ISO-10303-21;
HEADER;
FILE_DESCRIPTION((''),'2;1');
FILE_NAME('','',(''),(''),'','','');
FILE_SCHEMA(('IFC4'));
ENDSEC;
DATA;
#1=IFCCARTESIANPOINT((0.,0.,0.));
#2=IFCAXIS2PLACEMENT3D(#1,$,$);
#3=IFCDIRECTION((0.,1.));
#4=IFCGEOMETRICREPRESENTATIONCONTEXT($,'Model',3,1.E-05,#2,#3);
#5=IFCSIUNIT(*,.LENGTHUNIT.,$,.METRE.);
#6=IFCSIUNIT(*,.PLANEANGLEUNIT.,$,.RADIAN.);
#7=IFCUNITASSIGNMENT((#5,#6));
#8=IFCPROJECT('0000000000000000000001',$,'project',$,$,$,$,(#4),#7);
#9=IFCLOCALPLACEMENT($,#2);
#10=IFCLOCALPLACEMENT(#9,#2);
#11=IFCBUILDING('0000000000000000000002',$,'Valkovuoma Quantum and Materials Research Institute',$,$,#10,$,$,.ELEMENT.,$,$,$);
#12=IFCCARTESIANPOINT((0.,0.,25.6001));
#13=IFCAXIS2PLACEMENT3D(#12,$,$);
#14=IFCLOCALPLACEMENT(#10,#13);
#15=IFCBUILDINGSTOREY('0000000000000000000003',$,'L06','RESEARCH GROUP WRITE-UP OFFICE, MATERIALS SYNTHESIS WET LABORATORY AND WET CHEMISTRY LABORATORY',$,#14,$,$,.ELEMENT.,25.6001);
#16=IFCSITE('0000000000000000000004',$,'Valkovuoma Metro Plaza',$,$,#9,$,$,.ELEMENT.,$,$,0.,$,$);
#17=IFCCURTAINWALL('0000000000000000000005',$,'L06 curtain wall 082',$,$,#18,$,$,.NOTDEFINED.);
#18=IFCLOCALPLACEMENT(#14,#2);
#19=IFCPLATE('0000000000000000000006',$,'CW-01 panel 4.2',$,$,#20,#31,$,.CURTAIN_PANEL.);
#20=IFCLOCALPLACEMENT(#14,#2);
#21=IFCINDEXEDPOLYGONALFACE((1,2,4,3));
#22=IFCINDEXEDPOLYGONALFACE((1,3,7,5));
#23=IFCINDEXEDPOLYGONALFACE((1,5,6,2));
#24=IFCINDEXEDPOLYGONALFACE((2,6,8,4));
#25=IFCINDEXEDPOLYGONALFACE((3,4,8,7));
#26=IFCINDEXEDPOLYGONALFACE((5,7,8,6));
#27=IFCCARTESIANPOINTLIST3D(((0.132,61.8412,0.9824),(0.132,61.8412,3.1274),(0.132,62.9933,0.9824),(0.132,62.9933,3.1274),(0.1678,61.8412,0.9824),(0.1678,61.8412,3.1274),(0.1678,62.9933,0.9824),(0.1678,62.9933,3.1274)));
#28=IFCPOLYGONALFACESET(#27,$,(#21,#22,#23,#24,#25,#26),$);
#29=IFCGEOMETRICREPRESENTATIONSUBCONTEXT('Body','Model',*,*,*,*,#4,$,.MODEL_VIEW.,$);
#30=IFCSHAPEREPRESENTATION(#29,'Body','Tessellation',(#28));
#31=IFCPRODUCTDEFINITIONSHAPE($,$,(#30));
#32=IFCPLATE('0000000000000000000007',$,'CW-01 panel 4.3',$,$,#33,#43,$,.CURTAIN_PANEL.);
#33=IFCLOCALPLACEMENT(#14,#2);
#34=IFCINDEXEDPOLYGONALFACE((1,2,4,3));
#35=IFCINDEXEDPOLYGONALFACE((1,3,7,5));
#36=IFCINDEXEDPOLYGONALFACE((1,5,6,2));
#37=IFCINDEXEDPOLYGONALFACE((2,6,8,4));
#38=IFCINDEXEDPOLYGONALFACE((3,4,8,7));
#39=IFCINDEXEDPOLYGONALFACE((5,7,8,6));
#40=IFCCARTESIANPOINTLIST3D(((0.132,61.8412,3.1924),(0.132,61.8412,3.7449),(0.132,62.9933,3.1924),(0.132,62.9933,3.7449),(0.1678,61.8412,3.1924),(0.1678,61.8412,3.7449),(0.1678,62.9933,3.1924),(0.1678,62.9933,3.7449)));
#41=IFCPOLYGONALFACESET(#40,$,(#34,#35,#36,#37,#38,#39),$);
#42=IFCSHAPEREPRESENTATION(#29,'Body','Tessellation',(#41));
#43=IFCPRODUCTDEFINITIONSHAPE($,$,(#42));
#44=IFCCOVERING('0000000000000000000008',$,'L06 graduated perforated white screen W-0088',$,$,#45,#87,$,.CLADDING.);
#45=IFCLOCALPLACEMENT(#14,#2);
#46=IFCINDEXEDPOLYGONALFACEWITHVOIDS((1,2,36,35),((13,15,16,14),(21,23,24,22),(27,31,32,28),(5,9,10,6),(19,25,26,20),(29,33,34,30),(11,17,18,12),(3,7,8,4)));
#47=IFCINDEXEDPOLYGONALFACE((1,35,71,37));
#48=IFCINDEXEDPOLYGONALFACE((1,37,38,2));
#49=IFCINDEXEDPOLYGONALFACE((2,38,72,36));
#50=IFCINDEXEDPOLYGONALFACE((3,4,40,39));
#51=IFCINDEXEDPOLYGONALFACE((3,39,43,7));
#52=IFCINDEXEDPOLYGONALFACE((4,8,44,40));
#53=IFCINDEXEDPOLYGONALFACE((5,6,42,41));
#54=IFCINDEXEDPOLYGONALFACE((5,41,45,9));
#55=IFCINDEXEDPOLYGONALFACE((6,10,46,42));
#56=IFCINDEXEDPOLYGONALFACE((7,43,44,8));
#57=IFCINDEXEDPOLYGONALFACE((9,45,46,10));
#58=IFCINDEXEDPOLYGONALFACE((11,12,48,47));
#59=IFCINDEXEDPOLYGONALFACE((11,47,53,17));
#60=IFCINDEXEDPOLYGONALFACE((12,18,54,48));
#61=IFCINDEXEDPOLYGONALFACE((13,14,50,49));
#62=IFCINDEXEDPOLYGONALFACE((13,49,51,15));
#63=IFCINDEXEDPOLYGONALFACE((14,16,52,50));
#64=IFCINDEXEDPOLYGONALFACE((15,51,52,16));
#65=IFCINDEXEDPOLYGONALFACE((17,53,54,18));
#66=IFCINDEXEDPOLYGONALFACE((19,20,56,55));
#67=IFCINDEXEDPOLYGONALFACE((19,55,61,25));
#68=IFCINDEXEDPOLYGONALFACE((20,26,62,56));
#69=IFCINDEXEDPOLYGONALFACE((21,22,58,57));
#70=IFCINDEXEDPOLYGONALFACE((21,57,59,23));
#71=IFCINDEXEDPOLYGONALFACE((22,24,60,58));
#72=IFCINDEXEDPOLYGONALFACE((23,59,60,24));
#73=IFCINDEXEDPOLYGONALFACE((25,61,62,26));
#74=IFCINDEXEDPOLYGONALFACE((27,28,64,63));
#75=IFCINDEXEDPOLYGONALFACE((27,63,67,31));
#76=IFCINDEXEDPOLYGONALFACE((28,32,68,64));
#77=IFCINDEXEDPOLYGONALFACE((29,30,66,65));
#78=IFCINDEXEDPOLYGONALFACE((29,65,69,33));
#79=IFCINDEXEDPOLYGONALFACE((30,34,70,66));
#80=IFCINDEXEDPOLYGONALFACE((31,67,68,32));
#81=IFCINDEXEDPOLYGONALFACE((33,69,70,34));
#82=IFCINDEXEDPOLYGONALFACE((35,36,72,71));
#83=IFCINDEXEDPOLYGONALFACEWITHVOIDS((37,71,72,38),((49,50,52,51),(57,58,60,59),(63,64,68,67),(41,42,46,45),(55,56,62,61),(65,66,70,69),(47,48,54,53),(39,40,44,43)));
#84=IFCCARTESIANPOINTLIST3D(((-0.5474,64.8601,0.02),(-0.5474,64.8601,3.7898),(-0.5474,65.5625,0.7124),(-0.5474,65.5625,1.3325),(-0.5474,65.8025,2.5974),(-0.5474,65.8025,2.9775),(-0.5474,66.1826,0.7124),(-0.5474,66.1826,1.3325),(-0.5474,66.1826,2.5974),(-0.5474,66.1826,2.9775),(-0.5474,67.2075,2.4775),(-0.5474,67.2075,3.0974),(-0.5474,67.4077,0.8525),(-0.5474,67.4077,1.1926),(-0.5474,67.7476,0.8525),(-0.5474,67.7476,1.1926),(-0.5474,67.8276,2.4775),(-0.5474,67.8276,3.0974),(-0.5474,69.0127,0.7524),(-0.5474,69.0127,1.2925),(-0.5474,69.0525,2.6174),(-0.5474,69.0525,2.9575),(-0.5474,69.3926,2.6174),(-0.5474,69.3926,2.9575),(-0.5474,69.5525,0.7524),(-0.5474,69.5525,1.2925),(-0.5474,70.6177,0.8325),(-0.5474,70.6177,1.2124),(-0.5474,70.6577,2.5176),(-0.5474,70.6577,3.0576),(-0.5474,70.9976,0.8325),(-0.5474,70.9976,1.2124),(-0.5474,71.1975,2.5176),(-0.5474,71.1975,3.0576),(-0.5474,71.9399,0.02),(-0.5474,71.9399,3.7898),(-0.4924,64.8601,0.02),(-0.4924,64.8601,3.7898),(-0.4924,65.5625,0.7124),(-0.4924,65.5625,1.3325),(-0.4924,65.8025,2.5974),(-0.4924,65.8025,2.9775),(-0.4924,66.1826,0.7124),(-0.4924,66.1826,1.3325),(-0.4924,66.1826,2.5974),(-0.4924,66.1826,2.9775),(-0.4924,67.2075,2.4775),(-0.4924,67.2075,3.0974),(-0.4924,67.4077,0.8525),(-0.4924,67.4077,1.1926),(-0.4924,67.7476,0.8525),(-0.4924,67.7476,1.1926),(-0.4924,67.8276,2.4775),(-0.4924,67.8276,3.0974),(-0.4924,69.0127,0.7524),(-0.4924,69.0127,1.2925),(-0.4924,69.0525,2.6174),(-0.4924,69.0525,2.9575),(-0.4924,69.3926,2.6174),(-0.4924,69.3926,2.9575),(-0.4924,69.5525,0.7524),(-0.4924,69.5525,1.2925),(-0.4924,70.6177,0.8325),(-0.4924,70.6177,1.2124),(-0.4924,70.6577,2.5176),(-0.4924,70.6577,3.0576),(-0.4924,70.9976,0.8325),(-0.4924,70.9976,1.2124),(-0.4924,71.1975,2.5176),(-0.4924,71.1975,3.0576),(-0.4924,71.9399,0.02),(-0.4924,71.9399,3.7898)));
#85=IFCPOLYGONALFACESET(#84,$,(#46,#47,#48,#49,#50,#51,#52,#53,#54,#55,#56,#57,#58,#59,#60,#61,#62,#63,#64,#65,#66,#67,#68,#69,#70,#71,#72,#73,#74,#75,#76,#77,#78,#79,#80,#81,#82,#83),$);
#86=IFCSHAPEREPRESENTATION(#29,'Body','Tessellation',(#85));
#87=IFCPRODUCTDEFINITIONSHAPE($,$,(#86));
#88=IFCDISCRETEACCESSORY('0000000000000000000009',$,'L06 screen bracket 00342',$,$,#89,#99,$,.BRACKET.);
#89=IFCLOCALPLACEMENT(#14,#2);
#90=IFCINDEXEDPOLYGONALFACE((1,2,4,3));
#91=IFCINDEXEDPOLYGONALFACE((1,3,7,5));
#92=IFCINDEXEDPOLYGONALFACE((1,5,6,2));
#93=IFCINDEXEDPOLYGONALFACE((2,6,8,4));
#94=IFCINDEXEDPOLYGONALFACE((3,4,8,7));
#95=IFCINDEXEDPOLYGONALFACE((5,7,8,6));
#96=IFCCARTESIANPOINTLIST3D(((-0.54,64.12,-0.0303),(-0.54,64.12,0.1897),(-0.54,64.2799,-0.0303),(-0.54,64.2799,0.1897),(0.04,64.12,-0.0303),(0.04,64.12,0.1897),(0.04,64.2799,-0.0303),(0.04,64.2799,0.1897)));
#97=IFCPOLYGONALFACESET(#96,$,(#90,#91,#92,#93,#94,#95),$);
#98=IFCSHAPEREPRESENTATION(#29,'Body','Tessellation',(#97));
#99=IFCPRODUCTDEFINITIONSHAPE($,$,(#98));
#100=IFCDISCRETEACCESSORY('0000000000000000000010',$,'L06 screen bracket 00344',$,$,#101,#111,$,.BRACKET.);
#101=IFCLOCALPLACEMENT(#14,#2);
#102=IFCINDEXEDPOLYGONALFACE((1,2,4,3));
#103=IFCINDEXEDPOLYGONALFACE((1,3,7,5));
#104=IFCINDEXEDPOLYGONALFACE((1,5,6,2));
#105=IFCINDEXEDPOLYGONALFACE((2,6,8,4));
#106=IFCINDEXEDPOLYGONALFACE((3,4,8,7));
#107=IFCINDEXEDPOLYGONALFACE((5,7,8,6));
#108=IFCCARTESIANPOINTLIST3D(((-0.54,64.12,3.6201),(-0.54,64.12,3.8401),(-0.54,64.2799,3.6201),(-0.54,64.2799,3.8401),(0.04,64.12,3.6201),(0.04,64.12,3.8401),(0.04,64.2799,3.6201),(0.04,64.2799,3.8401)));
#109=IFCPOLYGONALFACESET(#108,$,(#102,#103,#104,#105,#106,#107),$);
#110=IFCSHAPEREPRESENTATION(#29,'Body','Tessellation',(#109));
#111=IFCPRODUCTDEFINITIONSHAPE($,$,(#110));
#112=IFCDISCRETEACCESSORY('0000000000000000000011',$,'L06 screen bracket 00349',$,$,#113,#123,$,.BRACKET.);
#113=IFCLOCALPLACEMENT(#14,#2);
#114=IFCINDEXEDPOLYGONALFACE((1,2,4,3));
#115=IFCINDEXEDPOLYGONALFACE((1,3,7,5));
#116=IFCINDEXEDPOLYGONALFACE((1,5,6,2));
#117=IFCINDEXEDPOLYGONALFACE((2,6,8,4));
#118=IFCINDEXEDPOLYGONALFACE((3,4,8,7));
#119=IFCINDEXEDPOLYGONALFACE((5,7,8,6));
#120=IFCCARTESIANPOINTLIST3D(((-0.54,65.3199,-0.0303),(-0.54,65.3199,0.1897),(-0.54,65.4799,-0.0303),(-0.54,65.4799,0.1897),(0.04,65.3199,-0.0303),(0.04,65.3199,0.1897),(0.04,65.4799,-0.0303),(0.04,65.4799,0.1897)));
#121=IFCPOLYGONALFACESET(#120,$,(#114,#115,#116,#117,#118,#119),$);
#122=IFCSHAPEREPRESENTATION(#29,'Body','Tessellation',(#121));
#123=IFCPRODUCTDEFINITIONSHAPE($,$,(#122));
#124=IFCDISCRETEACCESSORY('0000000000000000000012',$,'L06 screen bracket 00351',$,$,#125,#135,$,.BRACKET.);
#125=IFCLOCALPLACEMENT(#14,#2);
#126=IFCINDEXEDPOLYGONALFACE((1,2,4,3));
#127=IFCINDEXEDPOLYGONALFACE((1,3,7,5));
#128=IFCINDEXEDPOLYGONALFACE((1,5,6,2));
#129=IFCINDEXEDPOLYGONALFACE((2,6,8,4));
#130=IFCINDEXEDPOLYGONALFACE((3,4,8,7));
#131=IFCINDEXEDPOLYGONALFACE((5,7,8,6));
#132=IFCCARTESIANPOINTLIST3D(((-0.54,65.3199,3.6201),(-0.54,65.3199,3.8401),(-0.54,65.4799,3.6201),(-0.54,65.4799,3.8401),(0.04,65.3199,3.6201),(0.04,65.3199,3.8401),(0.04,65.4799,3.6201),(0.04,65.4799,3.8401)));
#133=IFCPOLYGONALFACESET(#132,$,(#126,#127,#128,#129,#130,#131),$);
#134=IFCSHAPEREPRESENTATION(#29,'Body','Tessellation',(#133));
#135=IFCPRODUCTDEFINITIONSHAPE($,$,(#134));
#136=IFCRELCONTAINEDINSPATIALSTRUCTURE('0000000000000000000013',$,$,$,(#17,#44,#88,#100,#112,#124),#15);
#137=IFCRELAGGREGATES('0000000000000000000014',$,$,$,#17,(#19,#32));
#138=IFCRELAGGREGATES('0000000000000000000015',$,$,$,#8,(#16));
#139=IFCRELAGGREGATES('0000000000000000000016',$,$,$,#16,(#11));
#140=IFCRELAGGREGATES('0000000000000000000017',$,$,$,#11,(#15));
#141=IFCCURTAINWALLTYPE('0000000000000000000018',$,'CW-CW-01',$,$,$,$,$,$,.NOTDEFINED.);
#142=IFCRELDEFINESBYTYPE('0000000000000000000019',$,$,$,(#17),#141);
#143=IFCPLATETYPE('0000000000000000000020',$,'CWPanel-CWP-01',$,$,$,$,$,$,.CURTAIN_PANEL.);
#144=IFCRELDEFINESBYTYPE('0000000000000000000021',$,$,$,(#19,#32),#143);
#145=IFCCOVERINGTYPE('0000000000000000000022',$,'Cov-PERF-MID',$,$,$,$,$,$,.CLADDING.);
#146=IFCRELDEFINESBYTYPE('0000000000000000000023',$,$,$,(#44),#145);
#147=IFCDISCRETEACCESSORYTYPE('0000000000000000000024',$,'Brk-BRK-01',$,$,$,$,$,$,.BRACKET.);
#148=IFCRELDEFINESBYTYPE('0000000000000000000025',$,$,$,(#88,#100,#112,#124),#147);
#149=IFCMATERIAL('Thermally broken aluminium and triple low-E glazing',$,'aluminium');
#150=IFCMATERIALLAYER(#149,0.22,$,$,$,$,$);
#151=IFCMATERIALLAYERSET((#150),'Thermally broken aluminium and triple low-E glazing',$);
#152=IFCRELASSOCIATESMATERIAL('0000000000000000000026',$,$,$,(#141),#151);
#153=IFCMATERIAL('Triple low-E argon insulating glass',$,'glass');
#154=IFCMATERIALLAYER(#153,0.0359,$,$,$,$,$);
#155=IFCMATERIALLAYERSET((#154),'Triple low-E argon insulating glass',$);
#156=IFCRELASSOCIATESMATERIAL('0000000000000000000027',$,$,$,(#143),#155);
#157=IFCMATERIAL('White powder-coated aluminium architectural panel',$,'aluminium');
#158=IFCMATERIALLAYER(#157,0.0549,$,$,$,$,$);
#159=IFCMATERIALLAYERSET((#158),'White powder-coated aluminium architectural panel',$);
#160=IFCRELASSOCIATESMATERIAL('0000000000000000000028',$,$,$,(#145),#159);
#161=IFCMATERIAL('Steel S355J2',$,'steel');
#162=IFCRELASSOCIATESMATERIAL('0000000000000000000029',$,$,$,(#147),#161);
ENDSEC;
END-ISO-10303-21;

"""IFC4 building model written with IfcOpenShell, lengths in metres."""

from ifc_helpers import new_model, si_unit, direction, frame, origin, origin_2d, place, context, subcontext, project, spatial, polyline, rectangle, outline, extrude, material, layer, layer_set, type_object, element, aggregate, save


model = new_model("IFC4")

# Units and contexts
model_context = context("Model", 3, precision=1e-05, world=origin(), true_north=direction((0.0, 1.0)))
body_context = subcontext(model_context, "Body", "Model", "MODEL_VIEW")
ifc_project = project(units=[si_unit("LENGTHUNIT", "METRE"), si_unit("PLANEANGLEUNIT", "RADIAN")], contexts=[model_context])

# Site, building, storey
site_placement = place(None, origin())
site = spatial("IfcSite", under=ifc_project, at=site_placement, Name="Valkovuoma Metro Plaza", CompositionType="ELEMENT", RefElevation=0.0)
building_placement = place(site_placement, origin())
building = spatial("IfcBuilding", under=site, at=building_placement, Name="Valkovuoma Quantum and Materials Research Institute", CompositionType="ELEMENT")
storey_placement = place(building_placement, frame((0.0, 0.0, 25.6001)))
storey = spatial("IfcBuildingStorey", under=building, at=storey_placement, Name="L06", Description="RESEARCH GROUP WRITE-UP OFFICE, MATERIALS SYNTHESIS WET LABORATORY AND WET CHEMISTRY LABORATORY", CompositionType="ELEMENT", Elevation=25.6001)

# Curtain wall, plates
ifc_material_1 = material(Name="Thermally broken aluminium and triple low-E glazing", Category="aluminium")
ifc_layer_1 = layer(ifc_material_1, 0.22)
ifc_layer_set_1 = layer_set([ifc_layer_1], Name="Thermally broken aluminium and triple low-E glazing")
curtain_wall_type = type_object("IfcCurtainWallType", Name="CW-CW-01", PredefinedType="NOTDEFINED", material=ifc_layer_set_1)
curtain_wall_placement = place(storey_placement, origin())
curtain_wall = element("IfcCurtainWall", 1, at=curtain_wall_placement, inside=storey, type_object=curtain_wall_type, Name="L06 curtain wall 082", PredefinedType="NOTDEFINED")
ifc_material_2 = material(Name="Triple low-E argon insulating glass", Category="glass")
ifc_layer_2 = layer(ifc_material_2, 0.0359)
ifc_layer_set_2 = layer_set([ifc_layer_2], Name="Triple low-E argon insulating glass")
plate_type = type_object("IfcPlateType", Name="CWPanel-CWP-01", PredefinedType="CURTAIN_PANEL", material=ifc_layer_set_2)
plate_1_placement = place(storey_placement, frame((0.1499, 62.4172, 0.9824), z_axis=(0.0, 0.0, 1.0), x_axis=(0.0, 1.0, 0.0)))
plate_1 = element("IfcPlate", 2, at=plate_1_placement, type_object=plate_type, Name="CW-01 panel 4.2", PredefinedType="CURTAIN_PANEL", context=body_context, shape_type="SweptSolid", body=[
    extrude(rectangle(XDim=1.1521, YDim=0.0359, at=origin_2d()), origin(), (0.0, 0.0, 1.0), 2.145),
])
plate_2_placement = place(storey_placement, frame((0.1499, 62.4172, 3.1924), z_axis=(0.0, 0.0, 1.0), x_axis=(0.0, 1.0, 0.0)))
plate_2 = element("IfcPlate", 3, at=plate_2_placement, type_object=plate_type, Name="CW-01 panel 4.3", PredefinedType="CURTAIN_PANEL", context=body_context, shape_type="SweptSolid", body=[
    extrude(rectangle(XDim=1.1521, YDim=0.0359, at=origin_2d()), origin(), (0.0, 0.0, 1.0), 0.5525),
])
aggregate(curtain_wall, [plate_1, plate_2])

# Covering
ifc_material_3 = material(Name="White powder-coated aluminium architectural panel", Category="aluminium")
ifc_layer_3 = layer(ifc_material_3, 0.0549)
ifc_layer_set_3 = layer_set([ifc_layer_3], Name="White powder-coated aluminium architectural panel")
covering_type = type_object("IfcCoveringType", Name="Cov-PERF-MID", PredefinedType="CLADDING", material=ifc_layer_set_3)
covering_placement = place(storey_placement, frame((-0.52, 64.8601, 0.02), z_axis=(0.0, 0.0, 1.0), x_axis=(0.0, 1.0, 0.0)))
element("IfcCovering", 4, at=covering_placement, inside=storey, type_object=covering_type, Name="L06 graduated perforated white screen W-0088", PredefinedType="CLADDING", context=body_context, shape_type="SweptSolid", body=[
    extrude(outline(polyline([(0.0, 0.0), (7.0798, 0.0), (7.0798, 3.7698), (0.0, 3.7698), (0.0, 0.0)]), holes=[polyline([(0.7024, 0.6924), (0.7024, 1.3125), (1.3225, 1.3125), (1.3225, 0.6924), (0.7024, 0.6924)]), polyline([(0.9424, 2.5774), (0.9424, 2.9575), (1.3225, 2.9575), (1.3225, 2.5774), (0.9424, 2.5774)]), polyline([(2.5476, 0.8325), (2.5476, 1.1726), (2.8875, 1.1726), (2.8875, 0.8325), (2.5476, 0.8325)]), polyline([(2.3474, 2.4575), (2.3474, 3.0774), (2.9675, 3.0774), (2.9675, 2.4575), (2.3474, 2.4575)]), polyline([(4.1526, 0.7324), (4.1526, 1.2725), (4.6924, 1.2725), (4.6924, 0.7324), (4.1526, 0.7324)]), polyline([(4.1924, 2.5974), (4.1924, 2.9375), (4.5325, 2.9375), (4.5325, 2.5974), (4.1924, 2.5974)]), polyline([(5.7576, 0.8125), (5.7576, 1.1924), (6.1375, 1.1924), (6.1375, 0.8125), (5.7576, 0.8125)]), polyline([(5.7976, 2.4976), (5.7976, 3.0376), (6.3374, 3.0376), (6.3374, 2.4976), (5.7976, 2.4976)])]), frame((0.0, 0.0273, 0.0), z_axis=(0.0, -1.0, 0.0), x_axis=(1.0, 0.0, 0.0)), (0.0, 0.0, 1.0), 0.0549),
])

# Discrete accessories
ifc_material_4 = material(Name="Steel S355J2", Category="steel")
discrete_accessory_type = type_object("IfcDiscreteAccessoryType", Name="Brk-BRK-01", PredefinedType="BRACKET", material=ifc_material_4)
for number, where, z_axis, x_axis, name in (
    (5, (-0.25, 64.2, -0.0303), (0.0, 0.0, 1.0), (1.0, 0.0, 0.0), "L06 screen bracket 00342"),
    (6, (-0.25, 64.2, 3.6201), (0.0, 0.0, 1.0), (1.0, 0.0, 0.0), "L06 screen bracket 00344"),
    (7, (-0.25, 65.3999, -0.0303), (0.0, 0.0, 1.0), (1.0, 0.0, 0.0), "L06 screen bracket 00349"),
    (8, (-0.25, 65.3999, 3.6201), (0.0, 0.0, 1.0), (1.0, 0.0, 0.0), "L06 screen bracket 00351"),
):
    element("IfcDiscreteAccessory", number, at=place(storey_placement, frame(where, z_axis=z_axis, x_axis=x_axis)), inside=storey, type_object=discrete_accessory_type, Name=name, PredefinedType="BRACKET", context=body_context, shape_type="SweptSolid", body=[
        extrude(rectangle(XDim=0.5801, YDim=0.1599, at=origin_2d()), origin(), (0.0, 0.0, 1.0), 0.22),
    ])

save(model, "model.ifc")
